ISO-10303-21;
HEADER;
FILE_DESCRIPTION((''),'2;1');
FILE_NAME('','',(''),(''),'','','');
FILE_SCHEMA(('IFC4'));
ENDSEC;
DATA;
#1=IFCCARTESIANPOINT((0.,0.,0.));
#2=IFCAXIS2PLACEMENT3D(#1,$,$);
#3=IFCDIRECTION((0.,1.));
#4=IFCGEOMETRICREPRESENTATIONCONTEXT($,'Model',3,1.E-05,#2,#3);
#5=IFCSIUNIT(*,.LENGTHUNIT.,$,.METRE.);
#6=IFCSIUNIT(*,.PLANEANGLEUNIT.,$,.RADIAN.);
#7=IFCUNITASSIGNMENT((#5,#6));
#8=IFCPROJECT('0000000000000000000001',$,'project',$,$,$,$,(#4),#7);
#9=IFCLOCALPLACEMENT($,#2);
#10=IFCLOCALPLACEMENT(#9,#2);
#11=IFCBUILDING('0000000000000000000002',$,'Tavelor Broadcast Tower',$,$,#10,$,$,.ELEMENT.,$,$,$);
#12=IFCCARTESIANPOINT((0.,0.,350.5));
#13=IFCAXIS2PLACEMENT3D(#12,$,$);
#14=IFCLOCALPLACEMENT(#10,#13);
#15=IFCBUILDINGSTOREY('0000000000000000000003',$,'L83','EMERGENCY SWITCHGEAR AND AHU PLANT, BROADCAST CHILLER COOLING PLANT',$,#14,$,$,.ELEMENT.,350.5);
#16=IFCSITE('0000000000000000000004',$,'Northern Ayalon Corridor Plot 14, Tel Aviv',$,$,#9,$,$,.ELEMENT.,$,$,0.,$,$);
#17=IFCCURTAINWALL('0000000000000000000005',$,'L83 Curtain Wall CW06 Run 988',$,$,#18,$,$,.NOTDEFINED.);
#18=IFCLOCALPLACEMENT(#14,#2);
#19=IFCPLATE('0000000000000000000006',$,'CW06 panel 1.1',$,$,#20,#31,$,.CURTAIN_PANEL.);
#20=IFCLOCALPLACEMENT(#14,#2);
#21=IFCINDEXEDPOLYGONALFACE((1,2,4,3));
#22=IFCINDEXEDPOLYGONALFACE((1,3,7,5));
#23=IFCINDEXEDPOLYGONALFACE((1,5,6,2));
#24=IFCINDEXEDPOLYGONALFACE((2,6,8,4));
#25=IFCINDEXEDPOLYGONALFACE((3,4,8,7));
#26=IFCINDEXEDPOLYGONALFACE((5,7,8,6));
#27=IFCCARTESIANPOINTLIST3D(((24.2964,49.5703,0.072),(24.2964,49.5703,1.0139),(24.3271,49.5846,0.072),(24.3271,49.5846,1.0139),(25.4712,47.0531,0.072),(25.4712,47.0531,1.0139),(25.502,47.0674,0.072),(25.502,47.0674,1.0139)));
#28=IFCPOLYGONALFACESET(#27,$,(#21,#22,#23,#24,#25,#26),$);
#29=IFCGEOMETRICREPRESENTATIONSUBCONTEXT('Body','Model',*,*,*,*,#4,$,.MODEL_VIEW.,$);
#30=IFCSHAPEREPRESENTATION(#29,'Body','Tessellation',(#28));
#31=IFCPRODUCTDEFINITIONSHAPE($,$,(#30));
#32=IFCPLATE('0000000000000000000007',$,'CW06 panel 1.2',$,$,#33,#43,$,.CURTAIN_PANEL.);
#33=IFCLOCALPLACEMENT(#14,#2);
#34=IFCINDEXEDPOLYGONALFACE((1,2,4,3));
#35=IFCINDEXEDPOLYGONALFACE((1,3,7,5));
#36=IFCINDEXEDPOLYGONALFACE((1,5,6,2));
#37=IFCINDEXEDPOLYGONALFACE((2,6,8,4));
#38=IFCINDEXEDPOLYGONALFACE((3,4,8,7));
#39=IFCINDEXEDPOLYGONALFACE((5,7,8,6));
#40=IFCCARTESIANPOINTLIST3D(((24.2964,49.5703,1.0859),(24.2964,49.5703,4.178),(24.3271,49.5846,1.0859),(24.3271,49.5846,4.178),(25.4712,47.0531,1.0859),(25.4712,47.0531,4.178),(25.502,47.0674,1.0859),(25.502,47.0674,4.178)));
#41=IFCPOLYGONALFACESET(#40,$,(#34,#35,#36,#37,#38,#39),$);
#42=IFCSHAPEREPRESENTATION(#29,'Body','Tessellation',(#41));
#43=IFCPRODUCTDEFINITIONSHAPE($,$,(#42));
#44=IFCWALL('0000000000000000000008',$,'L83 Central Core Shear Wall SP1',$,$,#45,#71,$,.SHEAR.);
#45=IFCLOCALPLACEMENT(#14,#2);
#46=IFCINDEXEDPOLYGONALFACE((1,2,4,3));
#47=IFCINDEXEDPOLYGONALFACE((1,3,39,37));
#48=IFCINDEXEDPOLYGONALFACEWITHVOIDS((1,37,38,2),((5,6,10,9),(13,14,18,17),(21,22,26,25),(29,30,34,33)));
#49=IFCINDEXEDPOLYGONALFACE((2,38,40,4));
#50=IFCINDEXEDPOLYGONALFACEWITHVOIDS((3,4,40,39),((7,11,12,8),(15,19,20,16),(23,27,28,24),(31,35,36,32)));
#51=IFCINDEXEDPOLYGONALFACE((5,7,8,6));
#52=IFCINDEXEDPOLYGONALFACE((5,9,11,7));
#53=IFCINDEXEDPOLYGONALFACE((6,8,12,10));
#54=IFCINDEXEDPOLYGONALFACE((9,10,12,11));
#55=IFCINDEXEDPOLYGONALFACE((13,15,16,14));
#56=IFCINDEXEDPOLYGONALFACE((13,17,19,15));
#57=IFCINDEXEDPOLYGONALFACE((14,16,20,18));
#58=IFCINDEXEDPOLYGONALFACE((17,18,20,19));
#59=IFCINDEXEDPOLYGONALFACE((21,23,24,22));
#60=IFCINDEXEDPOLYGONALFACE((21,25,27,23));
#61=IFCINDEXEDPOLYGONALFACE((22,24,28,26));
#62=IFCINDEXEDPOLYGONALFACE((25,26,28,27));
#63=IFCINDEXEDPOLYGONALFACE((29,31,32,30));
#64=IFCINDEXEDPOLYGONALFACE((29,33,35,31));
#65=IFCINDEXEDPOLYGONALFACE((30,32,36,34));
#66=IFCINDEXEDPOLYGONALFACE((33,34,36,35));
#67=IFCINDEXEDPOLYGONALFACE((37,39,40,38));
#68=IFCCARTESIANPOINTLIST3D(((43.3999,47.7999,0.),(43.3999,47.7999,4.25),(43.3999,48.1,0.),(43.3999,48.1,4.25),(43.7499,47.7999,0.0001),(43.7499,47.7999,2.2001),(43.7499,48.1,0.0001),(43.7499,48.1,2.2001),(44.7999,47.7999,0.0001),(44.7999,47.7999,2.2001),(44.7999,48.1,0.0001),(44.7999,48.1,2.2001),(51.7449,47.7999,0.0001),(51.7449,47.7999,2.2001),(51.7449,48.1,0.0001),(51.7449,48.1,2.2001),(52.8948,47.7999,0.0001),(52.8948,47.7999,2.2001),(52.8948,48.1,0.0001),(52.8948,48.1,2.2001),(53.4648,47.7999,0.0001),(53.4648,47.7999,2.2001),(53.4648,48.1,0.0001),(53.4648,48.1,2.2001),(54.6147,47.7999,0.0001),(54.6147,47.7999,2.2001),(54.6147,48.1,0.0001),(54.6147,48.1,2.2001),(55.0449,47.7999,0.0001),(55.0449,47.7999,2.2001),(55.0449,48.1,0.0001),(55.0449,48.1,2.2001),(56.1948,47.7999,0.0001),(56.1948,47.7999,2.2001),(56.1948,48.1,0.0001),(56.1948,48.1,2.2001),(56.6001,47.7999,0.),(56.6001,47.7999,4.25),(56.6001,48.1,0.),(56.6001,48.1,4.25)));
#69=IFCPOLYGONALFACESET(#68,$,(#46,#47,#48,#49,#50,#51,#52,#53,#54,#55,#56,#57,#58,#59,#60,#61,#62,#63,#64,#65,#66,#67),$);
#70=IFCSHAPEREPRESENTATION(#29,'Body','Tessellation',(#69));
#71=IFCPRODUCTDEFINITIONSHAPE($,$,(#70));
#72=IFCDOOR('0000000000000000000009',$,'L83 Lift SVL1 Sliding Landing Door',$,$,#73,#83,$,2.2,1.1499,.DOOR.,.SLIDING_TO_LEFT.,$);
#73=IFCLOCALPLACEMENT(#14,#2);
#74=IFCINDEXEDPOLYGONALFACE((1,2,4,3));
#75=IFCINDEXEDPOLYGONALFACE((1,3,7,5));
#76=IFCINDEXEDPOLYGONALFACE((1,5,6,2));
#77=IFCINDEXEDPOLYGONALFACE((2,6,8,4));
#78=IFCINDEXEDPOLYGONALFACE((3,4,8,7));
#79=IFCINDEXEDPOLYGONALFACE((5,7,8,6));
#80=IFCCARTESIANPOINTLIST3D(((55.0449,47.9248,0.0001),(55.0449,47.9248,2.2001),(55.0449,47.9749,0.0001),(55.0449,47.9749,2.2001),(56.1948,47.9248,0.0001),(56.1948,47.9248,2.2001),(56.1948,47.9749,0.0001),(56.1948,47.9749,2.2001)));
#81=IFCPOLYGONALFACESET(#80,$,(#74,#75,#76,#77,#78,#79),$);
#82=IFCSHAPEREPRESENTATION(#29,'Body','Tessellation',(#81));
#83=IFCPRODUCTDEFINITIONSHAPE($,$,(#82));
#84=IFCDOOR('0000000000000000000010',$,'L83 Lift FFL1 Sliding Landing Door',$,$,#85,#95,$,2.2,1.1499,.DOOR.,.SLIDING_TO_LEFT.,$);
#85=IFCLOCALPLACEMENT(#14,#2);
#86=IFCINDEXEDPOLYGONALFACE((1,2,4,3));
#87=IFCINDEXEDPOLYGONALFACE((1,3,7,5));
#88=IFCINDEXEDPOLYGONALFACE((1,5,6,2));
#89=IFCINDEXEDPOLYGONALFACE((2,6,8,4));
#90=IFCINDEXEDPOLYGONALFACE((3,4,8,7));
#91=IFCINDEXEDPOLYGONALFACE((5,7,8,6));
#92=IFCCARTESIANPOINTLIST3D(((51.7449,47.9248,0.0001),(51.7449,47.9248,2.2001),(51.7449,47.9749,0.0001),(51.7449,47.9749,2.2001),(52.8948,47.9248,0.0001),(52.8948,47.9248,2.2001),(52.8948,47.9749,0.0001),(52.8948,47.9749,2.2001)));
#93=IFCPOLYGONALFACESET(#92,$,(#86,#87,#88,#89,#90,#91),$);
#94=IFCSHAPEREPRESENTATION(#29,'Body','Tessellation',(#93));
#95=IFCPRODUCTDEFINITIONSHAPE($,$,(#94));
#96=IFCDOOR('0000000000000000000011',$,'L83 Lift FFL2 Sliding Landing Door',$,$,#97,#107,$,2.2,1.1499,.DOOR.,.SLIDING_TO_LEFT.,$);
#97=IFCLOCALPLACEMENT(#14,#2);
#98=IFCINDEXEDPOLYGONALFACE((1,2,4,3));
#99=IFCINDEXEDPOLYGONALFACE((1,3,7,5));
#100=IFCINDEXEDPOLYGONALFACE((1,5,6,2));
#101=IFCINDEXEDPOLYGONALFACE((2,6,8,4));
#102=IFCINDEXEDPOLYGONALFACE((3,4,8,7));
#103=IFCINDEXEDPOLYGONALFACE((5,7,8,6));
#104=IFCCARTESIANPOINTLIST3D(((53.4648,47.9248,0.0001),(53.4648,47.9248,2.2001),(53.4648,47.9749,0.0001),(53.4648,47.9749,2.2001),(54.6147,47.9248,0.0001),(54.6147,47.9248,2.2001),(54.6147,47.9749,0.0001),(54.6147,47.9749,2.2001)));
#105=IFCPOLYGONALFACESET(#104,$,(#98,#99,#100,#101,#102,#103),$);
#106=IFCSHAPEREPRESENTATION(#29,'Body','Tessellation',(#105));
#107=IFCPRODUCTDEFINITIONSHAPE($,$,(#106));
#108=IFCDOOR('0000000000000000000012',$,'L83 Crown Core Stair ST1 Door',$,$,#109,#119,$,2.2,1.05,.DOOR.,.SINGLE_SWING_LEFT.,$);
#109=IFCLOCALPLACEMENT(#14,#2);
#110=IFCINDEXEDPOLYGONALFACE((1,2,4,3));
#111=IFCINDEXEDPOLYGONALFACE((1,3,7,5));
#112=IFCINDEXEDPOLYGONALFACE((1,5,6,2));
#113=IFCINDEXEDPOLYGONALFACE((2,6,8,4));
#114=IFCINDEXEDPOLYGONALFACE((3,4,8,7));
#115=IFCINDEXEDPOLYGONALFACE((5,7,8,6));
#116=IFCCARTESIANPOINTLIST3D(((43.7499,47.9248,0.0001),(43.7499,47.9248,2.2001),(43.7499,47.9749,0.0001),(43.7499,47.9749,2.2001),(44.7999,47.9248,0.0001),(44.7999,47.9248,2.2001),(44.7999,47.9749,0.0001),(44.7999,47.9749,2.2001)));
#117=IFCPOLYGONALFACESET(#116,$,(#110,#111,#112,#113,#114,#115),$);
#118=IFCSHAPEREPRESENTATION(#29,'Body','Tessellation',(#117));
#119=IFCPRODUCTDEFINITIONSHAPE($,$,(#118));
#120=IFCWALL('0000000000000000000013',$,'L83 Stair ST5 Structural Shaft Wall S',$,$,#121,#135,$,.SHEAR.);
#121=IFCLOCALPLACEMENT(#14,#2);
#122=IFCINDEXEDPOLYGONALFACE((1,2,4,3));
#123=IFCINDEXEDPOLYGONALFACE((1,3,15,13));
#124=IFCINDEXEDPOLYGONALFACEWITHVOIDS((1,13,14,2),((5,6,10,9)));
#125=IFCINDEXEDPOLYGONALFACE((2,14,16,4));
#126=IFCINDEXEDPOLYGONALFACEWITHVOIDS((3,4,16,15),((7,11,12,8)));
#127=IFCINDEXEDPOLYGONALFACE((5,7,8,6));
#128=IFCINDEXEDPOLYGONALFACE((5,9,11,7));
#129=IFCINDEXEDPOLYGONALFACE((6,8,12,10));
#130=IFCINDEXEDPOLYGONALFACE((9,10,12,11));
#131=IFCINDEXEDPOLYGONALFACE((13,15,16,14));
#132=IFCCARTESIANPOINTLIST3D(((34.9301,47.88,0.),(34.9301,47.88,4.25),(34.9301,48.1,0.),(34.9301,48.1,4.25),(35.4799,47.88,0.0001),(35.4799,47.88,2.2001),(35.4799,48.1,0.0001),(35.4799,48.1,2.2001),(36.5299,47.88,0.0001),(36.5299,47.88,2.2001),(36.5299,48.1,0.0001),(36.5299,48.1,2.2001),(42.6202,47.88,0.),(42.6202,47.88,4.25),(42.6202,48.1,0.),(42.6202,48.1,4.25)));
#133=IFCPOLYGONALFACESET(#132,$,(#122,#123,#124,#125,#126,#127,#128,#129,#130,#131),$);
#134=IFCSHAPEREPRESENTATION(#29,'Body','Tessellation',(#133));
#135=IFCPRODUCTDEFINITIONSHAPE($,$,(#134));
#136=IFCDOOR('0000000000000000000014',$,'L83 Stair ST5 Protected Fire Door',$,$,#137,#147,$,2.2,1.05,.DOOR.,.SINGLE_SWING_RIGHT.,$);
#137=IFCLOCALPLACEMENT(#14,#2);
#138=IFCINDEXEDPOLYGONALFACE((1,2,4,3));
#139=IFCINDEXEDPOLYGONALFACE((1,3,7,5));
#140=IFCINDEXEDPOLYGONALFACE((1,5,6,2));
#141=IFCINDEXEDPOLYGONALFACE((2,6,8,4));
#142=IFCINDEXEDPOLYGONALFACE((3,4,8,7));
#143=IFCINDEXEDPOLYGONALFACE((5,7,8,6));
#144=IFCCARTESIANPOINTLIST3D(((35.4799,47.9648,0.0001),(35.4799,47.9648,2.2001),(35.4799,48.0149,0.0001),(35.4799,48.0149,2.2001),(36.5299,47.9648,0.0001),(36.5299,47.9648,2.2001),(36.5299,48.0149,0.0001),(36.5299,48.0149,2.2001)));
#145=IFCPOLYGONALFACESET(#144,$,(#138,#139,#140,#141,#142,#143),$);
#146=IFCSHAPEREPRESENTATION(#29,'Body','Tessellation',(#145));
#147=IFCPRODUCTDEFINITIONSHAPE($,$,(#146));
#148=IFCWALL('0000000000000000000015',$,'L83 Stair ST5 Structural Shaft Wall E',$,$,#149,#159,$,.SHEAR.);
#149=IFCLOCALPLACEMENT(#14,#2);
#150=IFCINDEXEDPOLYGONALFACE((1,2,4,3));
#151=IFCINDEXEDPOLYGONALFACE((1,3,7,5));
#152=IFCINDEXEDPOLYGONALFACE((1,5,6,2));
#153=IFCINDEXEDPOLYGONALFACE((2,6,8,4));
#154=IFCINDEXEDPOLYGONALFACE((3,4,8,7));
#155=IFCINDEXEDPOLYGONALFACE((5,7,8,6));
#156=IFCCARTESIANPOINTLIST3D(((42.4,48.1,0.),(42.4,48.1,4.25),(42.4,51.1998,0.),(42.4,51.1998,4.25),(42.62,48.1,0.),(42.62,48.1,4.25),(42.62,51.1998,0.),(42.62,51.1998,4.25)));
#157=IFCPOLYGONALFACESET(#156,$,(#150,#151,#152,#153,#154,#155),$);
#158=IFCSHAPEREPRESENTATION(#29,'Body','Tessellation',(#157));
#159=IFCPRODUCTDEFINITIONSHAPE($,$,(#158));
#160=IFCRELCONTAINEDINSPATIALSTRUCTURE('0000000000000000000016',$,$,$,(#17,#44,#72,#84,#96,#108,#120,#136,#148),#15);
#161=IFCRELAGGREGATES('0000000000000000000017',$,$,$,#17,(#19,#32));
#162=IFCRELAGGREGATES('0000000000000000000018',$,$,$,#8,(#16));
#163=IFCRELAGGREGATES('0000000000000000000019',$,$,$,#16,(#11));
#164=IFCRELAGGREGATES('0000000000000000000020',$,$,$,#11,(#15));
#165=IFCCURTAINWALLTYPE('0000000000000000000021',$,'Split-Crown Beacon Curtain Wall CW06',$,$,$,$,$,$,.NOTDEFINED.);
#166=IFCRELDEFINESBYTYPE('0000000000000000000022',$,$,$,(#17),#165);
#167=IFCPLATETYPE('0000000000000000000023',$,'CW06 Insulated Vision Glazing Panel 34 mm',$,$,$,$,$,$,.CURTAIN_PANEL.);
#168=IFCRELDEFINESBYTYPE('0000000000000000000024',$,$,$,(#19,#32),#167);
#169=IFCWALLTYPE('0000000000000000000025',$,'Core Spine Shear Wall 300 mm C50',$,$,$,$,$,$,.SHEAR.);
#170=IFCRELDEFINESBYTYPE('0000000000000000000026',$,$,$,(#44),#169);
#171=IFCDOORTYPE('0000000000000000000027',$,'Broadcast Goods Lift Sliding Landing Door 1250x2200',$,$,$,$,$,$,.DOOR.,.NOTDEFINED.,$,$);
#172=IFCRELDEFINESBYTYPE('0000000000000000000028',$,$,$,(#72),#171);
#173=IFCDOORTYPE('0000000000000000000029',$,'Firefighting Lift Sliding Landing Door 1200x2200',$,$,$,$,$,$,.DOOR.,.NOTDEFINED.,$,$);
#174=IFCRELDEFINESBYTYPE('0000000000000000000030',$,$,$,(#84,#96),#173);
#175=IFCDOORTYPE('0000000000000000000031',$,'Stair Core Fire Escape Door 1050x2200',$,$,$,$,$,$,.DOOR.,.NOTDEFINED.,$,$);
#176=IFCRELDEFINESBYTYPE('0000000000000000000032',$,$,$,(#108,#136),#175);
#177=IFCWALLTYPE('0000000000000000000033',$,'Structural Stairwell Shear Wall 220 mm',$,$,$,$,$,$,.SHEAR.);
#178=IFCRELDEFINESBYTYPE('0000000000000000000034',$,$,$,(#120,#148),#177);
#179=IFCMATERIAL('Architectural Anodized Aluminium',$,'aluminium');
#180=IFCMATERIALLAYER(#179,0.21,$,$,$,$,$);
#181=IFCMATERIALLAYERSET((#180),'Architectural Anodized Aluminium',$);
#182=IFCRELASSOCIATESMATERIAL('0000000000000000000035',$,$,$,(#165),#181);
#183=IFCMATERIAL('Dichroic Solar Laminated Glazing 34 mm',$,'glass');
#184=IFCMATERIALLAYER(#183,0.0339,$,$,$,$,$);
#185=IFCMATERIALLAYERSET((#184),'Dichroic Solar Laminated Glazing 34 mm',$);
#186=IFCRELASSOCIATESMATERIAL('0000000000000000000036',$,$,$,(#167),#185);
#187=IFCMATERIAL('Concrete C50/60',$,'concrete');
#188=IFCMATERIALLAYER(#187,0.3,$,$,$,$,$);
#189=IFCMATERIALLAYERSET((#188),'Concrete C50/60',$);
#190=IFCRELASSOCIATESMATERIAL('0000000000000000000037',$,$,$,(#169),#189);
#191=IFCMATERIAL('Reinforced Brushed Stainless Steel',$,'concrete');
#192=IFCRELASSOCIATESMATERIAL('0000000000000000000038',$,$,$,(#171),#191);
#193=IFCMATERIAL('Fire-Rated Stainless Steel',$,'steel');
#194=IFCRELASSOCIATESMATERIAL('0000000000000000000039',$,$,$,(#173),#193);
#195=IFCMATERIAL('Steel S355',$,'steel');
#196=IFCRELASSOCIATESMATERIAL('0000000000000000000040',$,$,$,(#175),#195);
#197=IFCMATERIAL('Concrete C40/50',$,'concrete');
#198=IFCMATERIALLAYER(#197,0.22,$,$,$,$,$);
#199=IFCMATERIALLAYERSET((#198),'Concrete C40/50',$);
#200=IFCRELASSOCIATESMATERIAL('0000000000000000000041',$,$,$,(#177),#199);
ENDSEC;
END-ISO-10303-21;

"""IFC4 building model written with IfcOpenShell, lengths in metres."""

from ifc_helpers import new_model, si_unit, direction, frame, frame_2d, origin, origin_2d, place, context, subcontext, project, spatial, rectangle, extrude, source, transform, mapped, material, layer, layer_set, type_object, type_shapes, element, fill, aggregate, save


model = new_model("IFC4")

# Units and contexts
model_context = context("Model", 3, precision=1e-05, world=origin(), true_north=direction((0.0, 1.0)))
body_context = subcontext(model_context, "Body", "Model", "MODEL_VIEW")
ifc_project = project(units=[si_unit("LENGTHUNIT", "METRE"), si_unit("PLANEANGLEUNIT", "RADIAN")], contexts=[model_context])

# Site, building, storey
site_placement = place(None, origin())
site = spatial("IfcSite", under=ifc_project, at=site_placement, Name="Northern Ayalon Corridor Plot 14, Tel Aviv", CompositionType="ELEMENT", RefElevation=0.0)
building_placement = place(site_placement, origin())
building = spatial("IfcBuilding", under=site, at=building_placement, Name="Tavelor Broadcast Tower", CompositionType="ELEMENT")
storey_placement = place(building_placement, frame((0.0, 0.0, 350.5)))
storey = spatial("IfcBuildingStorey", under=building, at=storey_placement, Name="L83", Description="EMERGENCY SWITCHGEAR AND AHU PLANT, BROADCAST CHILLER COOLING PLANT", CompositionType="ELEMENT", Elevation=350.5)

# Shared definitions
ifc_material_1 = material(Name="Concrete C50/60", Category="concrete")
ifc_material_2 = material(Name="Steel S355", Category="steel")

# Curtain wall, plates
ifc_material_3 = material(Name="Architectural Anodized Aluminium", Category="aluminium")
ifc_layer_1 = layer(ifc_material_3, 0.21)
ifc_layer_set_1 = layer_set([ifc_layer_1], Name="Architectural Anodized Aluminium")
curtain_wall_type = type_object("IfcCurtainWallType", Name="Split-Crown Beacon Curtain Wall CW06", PredefinedType="NOTDEFINED", material=ifc_layer_set_1)
curtain_wall_placement = place(storey_placement, origin())
curtain_wall = element("IfcCurtainWall", 1, at=curtain_wall_placement, inside=storey, type_object=curtain_wall_type, Name="L83 Curtain Wall CW06 Run 988", PredefinedType="NOTDEFINED")
ifc_material_4 = material(Name="Dichroic Solar Laminated Glazing 34 mm", Category="glass")
ifc_layer_2 = layer(ifc_material_4, 0.0339)
ifc_layer_set_2 = layer_set([ifc_layer_2], Name="Dichroic Solar Laminated Glazing 34 mm")
plate_type_1 = type_object("IfcPlateType", Name="CW06 Insulated Vision Glazing Panel 34 mm", PredefinedType="CURTAIN_PANEL", material=ifc_layer_set_2)
shared_shape_1 = source(origin(), body_context, "Body", "SweptSolid", [
    extrude(rectangle(XDim=2.7778, YDim=0.0339, at=origin_2d()), origin(), (0.0, 0.0, 1.0), 0.9419),
])
plate_1_placement = place(storey_placement, frame((24.8992, 48.3188, 0.072), z_axis=(0.0, 0.0, 1.0), x_axis=(0.422934, -0.906161, 0.0)))
plate_1 = element("IfcPlate", 2, at=plate_1_placement, type_object=plate_type_1, Name="CW06 panel 1.1", PredefinedType="CURTAIN_PANEL", context=body_context, shape_type="MappedRepresentation", body=[
    mapped(shared_shape_1, transform((0.0, 0.0, 0.0), scale=1.0)),
])
shared_shape_2 = source(origin(), body_context, "Body", "SweptSolid", [
    extrude(rectangle(XDim=2.7778, YDim=0.0339, at=origin_2d()), origin(), (0.0, 0.0, 1.0), 3.092),
])
type_shapes(plate_type_1, [shared_shape_1, shared_shape_2])
plate_2_placement = place(storey_placement, frame((24.8992, 48.3188, 1.0859), z_axis=(0.0, 0.0, 1.0), x_axis=(0.422934, -0.906161, 0.0)))
plate_2 = element("IfcPlate", 3, at=plate_2_placement, type_object=plate_type_1, Name="CW06 panel 1.2", PredefinedType="CURTAIN_PANEL", context=body_context, shape_type="MappedRepresentation", body=[
    mapped(shared_shape_2, transform((0.0, 0.0, 0.0), scale=1.0)),
])
aggregate(curtain_wall, [plate_1, plate_2])

# Wall, openings, doors
ifc_layer_3 = layer(ifc_material_1, 0.3)
ifc_layer_set_3 = layer_set([ifc_layer_3], Name="Concrete C50/60")
wall_type_1 = type_object("IfcWallType", Name="Core Spine Shear Wall 300 mm C50", PredefinedType="SHEAR", material=ifc_layer_set_3)
wall_1_placement = place(storey_placement, frame((43.3999, 47.95, 0.0), z_axis=(0.0, 0.0, 1.0), x_axis=(1.0, 0.0, 0.0)))
wall_1 = element("IfcWall", 4, at=wall_1_placement, inside=storey, type_object=wall_type_1, Name="L83 Central Core Shear Wall SP1", PredefinedType="SHEAR", context=body_context, shape_type="SweptSolid", body=[
    extrude(rectangle(XDim=13.2002, YDim=0.3, at=frame_2d((6.6001, 0.0))), origin(), (0.0, 0.0, 1.0), 4.25),
])
opening_1_placement = place(wall_1_placement, frame((0.3501, 0.0, 0.0)))
opening_1 = element("IfcOpeningElement", 5, at=opening_1_placement, cuts=wall_1, PredefinedType="OPENING", context=body_context, shape_type="SweptSolid", body=[
    extrude(rectangle(XDim=1.05, YDim=2.2, at=frame_2d((0.5249, 1.1001))), frame((0.0, 0.1602, 0.0), z_axis=(0.0, -1.0, 0.0), x_axis=(1.0, 0.0, 0.0)), (0.0, 0.0, 1.0), 0.3201),
])
opening_2_placement = place(wall_1_placement, frame((8.345, 0.0, 0.0)))
opening_2 = element("IfcOpeningElement", 6, at=opening_2_placement, cuts=wall_1, PredefinedType="OPENING", context=body_context, shape_type="SweptSolid", body=[
    extrude(rectangle(XDim=1.1499, YDim=2.2, at=frame_2d((0.575, 1.1001))), frame((0.0, 0.1602, 0.0), z_axis=(0.0, -1.0, 0.0), x_axis=(1.0, 0.0, 0.0)), (0.0, 0.0, 1.0), 0.3201),
])
opening_3_placement = place(wall_1_placement, frame((10.0649, 0.0, 0.0)))
opening_3 = element("IfcOpeningElement", 7, at=opening_3_placement, cuts=wall_1, PredefinedType="OPENING", context=body_context, shape_type="SweptSolid", body=[
    extrude(rectangle(XDim=1.1499, YDim=2.2, at=frame_2d((0.575, 1.1001))), frame((0.0, 0.1602, 0.0), z_axis=(0.0, -1.0, 0.0), x_axis=(1.0, 0.0, 0.0)), (0.0, 0.0, 1.0), 0.3201),
])
opening_4_placement = place(wall_1_placement, frame((11.645, 0.0, 0.0)))
opening_4 = element("IfcOpeningElement", 8, at=opening_4_placement, cuts=wall_1, PredefinedType="OPENING", context=body_context, shape_type="SweptSolid", body=[
    extrude(rectangle(XDim=1.1499, YDim=2.2, at=frame_2d((0.575, 1.1001))), frame((0.0, 0.1602, 0.0), z_axis=(0.0, -1.0, 0.0), x_axis=(1.0, 0.0, 0.0)), (0.0, 0.0, 1.0), 0.3201),
])
ifc_material_5 = material(Name="Reinforced Brushed Stainless Steel", Category="concrete")
door_type_1 = type_object("IfcDoorType", Name="Broadcast Goods Lift Sliding Landing Door 1250x2200", OperationType="NOTDEFINED", PredefinedType="DOOR", material=ifc_material_5)
door_1_placement = place(opening_4_placement, origin())
door_1 = element("IfcDoor", 9, at=door_1_placement, inside=storey, type_object=door_type_1, Name="L83 Lift SVL1 Sliding Landing Door", OperationType="SLIDING_TO_LEFT", OverallHeight=2.2, OverallWidth=1.1499, PredefinedType="DOOR", context=body_context, shape_type="SweptSolid", body=[
    extrude(rectangle(XDim=1.1499, YDim=2.2, at=frame_2d((0.575, 1.1001))), frame((0.0, 0.0249, 0.0), z_axis=(0.0, -1.0, 0.0), x_axis=(1.0, 0.0, 0.0)), (0.0, 0.0, 1.0), 0.05),
])
fill(opening_4, door_1)
ifc_material_6 = material(Name="Fire-Rated Stainless Steel", Category="steel")
door_type_2 = type_object("IfcDoorType", Name="Firefighting Lift Sliding Landing Door 1200x2200", OperationType="NOTDEFINED", PredefinedType="DOOR", material=ifc_material_6)
door_2_placement = place(opening_2_placement, origin())
door_2 = element("IfcDoor", 10, at=door_2_placement, inside=storey, type_object=door_type_2, Name="L83 Lift FFL1 Sliding Landing Door", OperationType="SLIDING_TO_LEFT", OverallHeight=2.2, OverallWidth=1.1499, PredefinedType="DOOR", context=body_context, shape_type="SweptSolid", body=[
    extrude(rectangle(XDim=1.1499, YDim=2.2, at=frame_2d((0.575, 1.1001))), frame((0.0, 0.0249, 0.0), z_axis=(0.0, -1.0, 0.0), x_axis=(1.0, 0.0, 0.0)), (0.0, 0.0, 1.0), 0.05),
])
fill(opening_2, door_2)
door_3_placement = place(opening_3_placement, origin())
door_3 = element("IfcDoor", 11, at=door_3_placement, inside=storey, type_object=door_type_2, Name="L83 Lift FFL2 Sliding Landing Door", OperationType="SLIDING_TO_LEFT", OverallHeight=2.2, OverallWidth=1.1499, PredefinedType="DOOR", context=body_context, shape_type="SweptSolid", body=[
    extrude(rectangle(XDim=1.1499, YDim=2.2, at=frame_2d((0.575, 1.1001))), frame((0.0, 0.0249, 0.0), z_axis=(0.0, -1.0, 0.0), x_axis=(1.0, 0.0, 0.0)), (0.0, 0.0, 1.0), 0.05),
])
fill(opening_3, door_3)
door_type_3 = type_object("IfcDoorType", Name="Stair Core Fire Escape Door 1050x2200", OperationType="NOTDEFINED", PredefinedType="DOOR", material=ifc_material_2)
door_4_placement = place(opening_1_placement, origin())
door_4 = element("IfcDoor", 12, at=door_4_placement, inside=storey, type_object=door_type_3, Name="L83 Crown Core Stair ST1 Door", OperationType="SINGLE_SWING_LEFT", OverallHeight=2.2, OverallWidth=1.05, PredefinedType="DOOR", context=body_context, shape_type="SweptSolid", body=[
    extrude(rectangle(XDim=1.05, YDim=2.2, at=frame_2d((0.5249, 1.1001))), frame((0.0, 0.0249, 0.0), z_axis=(0.0, -1.0, 0.0), x_axis=(1.0, 0.0, 0.0)), (0.0, 0.0, 1.0), 0.05),
])
fill(opening_1, door_4)

# Wall, opening, door
ifc_material_7 = material(Name="Concrete C40/50", Category="concrete")
ifc_layer_4 = layer(ifc_material_7, 0.22)
ifc_layer_set_4 = layer_set([ifc_layer_4], Name="Concrete C40/50")
wall_type_2 = type_object("IfcWallType", Name="Structural Stairwell Shear Wall 220 mm", PredefinedType="SHEAR", material=ifc_layer_set_4)
wall_2_placement = place(storey_placement, frame((34.9299, 47.99, 0.0), z_axis=(0.0, 0.0, 1.0), x_axis=(1.0, 0.0, 0.0)))
wall_2 = element("IfcWall", 13, at=wall_2_placement, inside=storey, type_object=wall_type_2, Name="L83 Stair ST5 Structural Shaft Wall S", PredefinedType="SHEAR", context=body_context, shape_type="SweptSolid", body=[
    extrude(rectangle(XDim=7.6902, YDim=0.22, at=frame_2d((3.8452, 0.0))), origin(), (0.0, 0.0, 1.0), 4.25),
])
opening_5_placement = place(wall_2_placement, frame((0.55, 0.0, 0.0)))
opening_5 = element("IfcOpeningElement", 14, at=opening_5_placement, cuts=wall_2, PredefinedType="OPENING", context=body_context, shape_type="SweptSolid", body=[
    extrude(rectangle(XDim=1.05, YDim=2.2, at=frame_2d((0.5249, 1.1001))), frame((0.0, 0.1201, 0.0), z_axis=(0.0, -1.0, 0.0), x_axis=(1.0, 0.0, 0.0)), (0.0, 0.0, 1.0), 0.24),
])
door_5_placement = place(opening_5_placement, origin())
door_5 = element("IfcDoor", 15, at=door_5_placement, inside=storey, type_object=door_type_3, Name="L83 Stair ST5 Protected Fire Door", OperationType="SINGLE_SWING_RIGHT", OverallHeight=2.2, OverallWidth=1.05, PredefinedType="DOOR", context=body_context, shape_type="SweptSolid", body=[
    extrude(rectangle(XDim=1.05, YDim=2.2, at=frame_2d((0.5249, 1.1001))), frame((0.0, 0.0249, 0.0), z_axis=(0.0, -1.0, 0.0), x_axis=(1.0, 0.0, 0.0)), (0.0, 0.0, 1.0), 0.05),
])
fill(opening_5, door_5)

# Wall
for number, where, z_axis, x_axis, name in (
    (16, (42.51, 48.1001, 0.0), (0.0, 0.0, 1.0), (0.0, 1.0, 0.0), "L83 Stair ST5 Structural Shaft Wall E"),
):
    element("IfcWall", number, at=place(storey_placement, frame(where, z_axis=z_axis, x_axis=x_axis)), inside=storey, type_object=wall_type_2, Name=name, PredefinedType="SHEAR", context=body_context, shape_type="SweptSolid", body=[
        extrude(rectangle(XDim=3.0999, YDim=0.22, at=frame_2d((1.5498, 0.0))), origin(), (0.0, 0.0, 1.0), 4.25),
    ])

save(model, "model.ifc")
